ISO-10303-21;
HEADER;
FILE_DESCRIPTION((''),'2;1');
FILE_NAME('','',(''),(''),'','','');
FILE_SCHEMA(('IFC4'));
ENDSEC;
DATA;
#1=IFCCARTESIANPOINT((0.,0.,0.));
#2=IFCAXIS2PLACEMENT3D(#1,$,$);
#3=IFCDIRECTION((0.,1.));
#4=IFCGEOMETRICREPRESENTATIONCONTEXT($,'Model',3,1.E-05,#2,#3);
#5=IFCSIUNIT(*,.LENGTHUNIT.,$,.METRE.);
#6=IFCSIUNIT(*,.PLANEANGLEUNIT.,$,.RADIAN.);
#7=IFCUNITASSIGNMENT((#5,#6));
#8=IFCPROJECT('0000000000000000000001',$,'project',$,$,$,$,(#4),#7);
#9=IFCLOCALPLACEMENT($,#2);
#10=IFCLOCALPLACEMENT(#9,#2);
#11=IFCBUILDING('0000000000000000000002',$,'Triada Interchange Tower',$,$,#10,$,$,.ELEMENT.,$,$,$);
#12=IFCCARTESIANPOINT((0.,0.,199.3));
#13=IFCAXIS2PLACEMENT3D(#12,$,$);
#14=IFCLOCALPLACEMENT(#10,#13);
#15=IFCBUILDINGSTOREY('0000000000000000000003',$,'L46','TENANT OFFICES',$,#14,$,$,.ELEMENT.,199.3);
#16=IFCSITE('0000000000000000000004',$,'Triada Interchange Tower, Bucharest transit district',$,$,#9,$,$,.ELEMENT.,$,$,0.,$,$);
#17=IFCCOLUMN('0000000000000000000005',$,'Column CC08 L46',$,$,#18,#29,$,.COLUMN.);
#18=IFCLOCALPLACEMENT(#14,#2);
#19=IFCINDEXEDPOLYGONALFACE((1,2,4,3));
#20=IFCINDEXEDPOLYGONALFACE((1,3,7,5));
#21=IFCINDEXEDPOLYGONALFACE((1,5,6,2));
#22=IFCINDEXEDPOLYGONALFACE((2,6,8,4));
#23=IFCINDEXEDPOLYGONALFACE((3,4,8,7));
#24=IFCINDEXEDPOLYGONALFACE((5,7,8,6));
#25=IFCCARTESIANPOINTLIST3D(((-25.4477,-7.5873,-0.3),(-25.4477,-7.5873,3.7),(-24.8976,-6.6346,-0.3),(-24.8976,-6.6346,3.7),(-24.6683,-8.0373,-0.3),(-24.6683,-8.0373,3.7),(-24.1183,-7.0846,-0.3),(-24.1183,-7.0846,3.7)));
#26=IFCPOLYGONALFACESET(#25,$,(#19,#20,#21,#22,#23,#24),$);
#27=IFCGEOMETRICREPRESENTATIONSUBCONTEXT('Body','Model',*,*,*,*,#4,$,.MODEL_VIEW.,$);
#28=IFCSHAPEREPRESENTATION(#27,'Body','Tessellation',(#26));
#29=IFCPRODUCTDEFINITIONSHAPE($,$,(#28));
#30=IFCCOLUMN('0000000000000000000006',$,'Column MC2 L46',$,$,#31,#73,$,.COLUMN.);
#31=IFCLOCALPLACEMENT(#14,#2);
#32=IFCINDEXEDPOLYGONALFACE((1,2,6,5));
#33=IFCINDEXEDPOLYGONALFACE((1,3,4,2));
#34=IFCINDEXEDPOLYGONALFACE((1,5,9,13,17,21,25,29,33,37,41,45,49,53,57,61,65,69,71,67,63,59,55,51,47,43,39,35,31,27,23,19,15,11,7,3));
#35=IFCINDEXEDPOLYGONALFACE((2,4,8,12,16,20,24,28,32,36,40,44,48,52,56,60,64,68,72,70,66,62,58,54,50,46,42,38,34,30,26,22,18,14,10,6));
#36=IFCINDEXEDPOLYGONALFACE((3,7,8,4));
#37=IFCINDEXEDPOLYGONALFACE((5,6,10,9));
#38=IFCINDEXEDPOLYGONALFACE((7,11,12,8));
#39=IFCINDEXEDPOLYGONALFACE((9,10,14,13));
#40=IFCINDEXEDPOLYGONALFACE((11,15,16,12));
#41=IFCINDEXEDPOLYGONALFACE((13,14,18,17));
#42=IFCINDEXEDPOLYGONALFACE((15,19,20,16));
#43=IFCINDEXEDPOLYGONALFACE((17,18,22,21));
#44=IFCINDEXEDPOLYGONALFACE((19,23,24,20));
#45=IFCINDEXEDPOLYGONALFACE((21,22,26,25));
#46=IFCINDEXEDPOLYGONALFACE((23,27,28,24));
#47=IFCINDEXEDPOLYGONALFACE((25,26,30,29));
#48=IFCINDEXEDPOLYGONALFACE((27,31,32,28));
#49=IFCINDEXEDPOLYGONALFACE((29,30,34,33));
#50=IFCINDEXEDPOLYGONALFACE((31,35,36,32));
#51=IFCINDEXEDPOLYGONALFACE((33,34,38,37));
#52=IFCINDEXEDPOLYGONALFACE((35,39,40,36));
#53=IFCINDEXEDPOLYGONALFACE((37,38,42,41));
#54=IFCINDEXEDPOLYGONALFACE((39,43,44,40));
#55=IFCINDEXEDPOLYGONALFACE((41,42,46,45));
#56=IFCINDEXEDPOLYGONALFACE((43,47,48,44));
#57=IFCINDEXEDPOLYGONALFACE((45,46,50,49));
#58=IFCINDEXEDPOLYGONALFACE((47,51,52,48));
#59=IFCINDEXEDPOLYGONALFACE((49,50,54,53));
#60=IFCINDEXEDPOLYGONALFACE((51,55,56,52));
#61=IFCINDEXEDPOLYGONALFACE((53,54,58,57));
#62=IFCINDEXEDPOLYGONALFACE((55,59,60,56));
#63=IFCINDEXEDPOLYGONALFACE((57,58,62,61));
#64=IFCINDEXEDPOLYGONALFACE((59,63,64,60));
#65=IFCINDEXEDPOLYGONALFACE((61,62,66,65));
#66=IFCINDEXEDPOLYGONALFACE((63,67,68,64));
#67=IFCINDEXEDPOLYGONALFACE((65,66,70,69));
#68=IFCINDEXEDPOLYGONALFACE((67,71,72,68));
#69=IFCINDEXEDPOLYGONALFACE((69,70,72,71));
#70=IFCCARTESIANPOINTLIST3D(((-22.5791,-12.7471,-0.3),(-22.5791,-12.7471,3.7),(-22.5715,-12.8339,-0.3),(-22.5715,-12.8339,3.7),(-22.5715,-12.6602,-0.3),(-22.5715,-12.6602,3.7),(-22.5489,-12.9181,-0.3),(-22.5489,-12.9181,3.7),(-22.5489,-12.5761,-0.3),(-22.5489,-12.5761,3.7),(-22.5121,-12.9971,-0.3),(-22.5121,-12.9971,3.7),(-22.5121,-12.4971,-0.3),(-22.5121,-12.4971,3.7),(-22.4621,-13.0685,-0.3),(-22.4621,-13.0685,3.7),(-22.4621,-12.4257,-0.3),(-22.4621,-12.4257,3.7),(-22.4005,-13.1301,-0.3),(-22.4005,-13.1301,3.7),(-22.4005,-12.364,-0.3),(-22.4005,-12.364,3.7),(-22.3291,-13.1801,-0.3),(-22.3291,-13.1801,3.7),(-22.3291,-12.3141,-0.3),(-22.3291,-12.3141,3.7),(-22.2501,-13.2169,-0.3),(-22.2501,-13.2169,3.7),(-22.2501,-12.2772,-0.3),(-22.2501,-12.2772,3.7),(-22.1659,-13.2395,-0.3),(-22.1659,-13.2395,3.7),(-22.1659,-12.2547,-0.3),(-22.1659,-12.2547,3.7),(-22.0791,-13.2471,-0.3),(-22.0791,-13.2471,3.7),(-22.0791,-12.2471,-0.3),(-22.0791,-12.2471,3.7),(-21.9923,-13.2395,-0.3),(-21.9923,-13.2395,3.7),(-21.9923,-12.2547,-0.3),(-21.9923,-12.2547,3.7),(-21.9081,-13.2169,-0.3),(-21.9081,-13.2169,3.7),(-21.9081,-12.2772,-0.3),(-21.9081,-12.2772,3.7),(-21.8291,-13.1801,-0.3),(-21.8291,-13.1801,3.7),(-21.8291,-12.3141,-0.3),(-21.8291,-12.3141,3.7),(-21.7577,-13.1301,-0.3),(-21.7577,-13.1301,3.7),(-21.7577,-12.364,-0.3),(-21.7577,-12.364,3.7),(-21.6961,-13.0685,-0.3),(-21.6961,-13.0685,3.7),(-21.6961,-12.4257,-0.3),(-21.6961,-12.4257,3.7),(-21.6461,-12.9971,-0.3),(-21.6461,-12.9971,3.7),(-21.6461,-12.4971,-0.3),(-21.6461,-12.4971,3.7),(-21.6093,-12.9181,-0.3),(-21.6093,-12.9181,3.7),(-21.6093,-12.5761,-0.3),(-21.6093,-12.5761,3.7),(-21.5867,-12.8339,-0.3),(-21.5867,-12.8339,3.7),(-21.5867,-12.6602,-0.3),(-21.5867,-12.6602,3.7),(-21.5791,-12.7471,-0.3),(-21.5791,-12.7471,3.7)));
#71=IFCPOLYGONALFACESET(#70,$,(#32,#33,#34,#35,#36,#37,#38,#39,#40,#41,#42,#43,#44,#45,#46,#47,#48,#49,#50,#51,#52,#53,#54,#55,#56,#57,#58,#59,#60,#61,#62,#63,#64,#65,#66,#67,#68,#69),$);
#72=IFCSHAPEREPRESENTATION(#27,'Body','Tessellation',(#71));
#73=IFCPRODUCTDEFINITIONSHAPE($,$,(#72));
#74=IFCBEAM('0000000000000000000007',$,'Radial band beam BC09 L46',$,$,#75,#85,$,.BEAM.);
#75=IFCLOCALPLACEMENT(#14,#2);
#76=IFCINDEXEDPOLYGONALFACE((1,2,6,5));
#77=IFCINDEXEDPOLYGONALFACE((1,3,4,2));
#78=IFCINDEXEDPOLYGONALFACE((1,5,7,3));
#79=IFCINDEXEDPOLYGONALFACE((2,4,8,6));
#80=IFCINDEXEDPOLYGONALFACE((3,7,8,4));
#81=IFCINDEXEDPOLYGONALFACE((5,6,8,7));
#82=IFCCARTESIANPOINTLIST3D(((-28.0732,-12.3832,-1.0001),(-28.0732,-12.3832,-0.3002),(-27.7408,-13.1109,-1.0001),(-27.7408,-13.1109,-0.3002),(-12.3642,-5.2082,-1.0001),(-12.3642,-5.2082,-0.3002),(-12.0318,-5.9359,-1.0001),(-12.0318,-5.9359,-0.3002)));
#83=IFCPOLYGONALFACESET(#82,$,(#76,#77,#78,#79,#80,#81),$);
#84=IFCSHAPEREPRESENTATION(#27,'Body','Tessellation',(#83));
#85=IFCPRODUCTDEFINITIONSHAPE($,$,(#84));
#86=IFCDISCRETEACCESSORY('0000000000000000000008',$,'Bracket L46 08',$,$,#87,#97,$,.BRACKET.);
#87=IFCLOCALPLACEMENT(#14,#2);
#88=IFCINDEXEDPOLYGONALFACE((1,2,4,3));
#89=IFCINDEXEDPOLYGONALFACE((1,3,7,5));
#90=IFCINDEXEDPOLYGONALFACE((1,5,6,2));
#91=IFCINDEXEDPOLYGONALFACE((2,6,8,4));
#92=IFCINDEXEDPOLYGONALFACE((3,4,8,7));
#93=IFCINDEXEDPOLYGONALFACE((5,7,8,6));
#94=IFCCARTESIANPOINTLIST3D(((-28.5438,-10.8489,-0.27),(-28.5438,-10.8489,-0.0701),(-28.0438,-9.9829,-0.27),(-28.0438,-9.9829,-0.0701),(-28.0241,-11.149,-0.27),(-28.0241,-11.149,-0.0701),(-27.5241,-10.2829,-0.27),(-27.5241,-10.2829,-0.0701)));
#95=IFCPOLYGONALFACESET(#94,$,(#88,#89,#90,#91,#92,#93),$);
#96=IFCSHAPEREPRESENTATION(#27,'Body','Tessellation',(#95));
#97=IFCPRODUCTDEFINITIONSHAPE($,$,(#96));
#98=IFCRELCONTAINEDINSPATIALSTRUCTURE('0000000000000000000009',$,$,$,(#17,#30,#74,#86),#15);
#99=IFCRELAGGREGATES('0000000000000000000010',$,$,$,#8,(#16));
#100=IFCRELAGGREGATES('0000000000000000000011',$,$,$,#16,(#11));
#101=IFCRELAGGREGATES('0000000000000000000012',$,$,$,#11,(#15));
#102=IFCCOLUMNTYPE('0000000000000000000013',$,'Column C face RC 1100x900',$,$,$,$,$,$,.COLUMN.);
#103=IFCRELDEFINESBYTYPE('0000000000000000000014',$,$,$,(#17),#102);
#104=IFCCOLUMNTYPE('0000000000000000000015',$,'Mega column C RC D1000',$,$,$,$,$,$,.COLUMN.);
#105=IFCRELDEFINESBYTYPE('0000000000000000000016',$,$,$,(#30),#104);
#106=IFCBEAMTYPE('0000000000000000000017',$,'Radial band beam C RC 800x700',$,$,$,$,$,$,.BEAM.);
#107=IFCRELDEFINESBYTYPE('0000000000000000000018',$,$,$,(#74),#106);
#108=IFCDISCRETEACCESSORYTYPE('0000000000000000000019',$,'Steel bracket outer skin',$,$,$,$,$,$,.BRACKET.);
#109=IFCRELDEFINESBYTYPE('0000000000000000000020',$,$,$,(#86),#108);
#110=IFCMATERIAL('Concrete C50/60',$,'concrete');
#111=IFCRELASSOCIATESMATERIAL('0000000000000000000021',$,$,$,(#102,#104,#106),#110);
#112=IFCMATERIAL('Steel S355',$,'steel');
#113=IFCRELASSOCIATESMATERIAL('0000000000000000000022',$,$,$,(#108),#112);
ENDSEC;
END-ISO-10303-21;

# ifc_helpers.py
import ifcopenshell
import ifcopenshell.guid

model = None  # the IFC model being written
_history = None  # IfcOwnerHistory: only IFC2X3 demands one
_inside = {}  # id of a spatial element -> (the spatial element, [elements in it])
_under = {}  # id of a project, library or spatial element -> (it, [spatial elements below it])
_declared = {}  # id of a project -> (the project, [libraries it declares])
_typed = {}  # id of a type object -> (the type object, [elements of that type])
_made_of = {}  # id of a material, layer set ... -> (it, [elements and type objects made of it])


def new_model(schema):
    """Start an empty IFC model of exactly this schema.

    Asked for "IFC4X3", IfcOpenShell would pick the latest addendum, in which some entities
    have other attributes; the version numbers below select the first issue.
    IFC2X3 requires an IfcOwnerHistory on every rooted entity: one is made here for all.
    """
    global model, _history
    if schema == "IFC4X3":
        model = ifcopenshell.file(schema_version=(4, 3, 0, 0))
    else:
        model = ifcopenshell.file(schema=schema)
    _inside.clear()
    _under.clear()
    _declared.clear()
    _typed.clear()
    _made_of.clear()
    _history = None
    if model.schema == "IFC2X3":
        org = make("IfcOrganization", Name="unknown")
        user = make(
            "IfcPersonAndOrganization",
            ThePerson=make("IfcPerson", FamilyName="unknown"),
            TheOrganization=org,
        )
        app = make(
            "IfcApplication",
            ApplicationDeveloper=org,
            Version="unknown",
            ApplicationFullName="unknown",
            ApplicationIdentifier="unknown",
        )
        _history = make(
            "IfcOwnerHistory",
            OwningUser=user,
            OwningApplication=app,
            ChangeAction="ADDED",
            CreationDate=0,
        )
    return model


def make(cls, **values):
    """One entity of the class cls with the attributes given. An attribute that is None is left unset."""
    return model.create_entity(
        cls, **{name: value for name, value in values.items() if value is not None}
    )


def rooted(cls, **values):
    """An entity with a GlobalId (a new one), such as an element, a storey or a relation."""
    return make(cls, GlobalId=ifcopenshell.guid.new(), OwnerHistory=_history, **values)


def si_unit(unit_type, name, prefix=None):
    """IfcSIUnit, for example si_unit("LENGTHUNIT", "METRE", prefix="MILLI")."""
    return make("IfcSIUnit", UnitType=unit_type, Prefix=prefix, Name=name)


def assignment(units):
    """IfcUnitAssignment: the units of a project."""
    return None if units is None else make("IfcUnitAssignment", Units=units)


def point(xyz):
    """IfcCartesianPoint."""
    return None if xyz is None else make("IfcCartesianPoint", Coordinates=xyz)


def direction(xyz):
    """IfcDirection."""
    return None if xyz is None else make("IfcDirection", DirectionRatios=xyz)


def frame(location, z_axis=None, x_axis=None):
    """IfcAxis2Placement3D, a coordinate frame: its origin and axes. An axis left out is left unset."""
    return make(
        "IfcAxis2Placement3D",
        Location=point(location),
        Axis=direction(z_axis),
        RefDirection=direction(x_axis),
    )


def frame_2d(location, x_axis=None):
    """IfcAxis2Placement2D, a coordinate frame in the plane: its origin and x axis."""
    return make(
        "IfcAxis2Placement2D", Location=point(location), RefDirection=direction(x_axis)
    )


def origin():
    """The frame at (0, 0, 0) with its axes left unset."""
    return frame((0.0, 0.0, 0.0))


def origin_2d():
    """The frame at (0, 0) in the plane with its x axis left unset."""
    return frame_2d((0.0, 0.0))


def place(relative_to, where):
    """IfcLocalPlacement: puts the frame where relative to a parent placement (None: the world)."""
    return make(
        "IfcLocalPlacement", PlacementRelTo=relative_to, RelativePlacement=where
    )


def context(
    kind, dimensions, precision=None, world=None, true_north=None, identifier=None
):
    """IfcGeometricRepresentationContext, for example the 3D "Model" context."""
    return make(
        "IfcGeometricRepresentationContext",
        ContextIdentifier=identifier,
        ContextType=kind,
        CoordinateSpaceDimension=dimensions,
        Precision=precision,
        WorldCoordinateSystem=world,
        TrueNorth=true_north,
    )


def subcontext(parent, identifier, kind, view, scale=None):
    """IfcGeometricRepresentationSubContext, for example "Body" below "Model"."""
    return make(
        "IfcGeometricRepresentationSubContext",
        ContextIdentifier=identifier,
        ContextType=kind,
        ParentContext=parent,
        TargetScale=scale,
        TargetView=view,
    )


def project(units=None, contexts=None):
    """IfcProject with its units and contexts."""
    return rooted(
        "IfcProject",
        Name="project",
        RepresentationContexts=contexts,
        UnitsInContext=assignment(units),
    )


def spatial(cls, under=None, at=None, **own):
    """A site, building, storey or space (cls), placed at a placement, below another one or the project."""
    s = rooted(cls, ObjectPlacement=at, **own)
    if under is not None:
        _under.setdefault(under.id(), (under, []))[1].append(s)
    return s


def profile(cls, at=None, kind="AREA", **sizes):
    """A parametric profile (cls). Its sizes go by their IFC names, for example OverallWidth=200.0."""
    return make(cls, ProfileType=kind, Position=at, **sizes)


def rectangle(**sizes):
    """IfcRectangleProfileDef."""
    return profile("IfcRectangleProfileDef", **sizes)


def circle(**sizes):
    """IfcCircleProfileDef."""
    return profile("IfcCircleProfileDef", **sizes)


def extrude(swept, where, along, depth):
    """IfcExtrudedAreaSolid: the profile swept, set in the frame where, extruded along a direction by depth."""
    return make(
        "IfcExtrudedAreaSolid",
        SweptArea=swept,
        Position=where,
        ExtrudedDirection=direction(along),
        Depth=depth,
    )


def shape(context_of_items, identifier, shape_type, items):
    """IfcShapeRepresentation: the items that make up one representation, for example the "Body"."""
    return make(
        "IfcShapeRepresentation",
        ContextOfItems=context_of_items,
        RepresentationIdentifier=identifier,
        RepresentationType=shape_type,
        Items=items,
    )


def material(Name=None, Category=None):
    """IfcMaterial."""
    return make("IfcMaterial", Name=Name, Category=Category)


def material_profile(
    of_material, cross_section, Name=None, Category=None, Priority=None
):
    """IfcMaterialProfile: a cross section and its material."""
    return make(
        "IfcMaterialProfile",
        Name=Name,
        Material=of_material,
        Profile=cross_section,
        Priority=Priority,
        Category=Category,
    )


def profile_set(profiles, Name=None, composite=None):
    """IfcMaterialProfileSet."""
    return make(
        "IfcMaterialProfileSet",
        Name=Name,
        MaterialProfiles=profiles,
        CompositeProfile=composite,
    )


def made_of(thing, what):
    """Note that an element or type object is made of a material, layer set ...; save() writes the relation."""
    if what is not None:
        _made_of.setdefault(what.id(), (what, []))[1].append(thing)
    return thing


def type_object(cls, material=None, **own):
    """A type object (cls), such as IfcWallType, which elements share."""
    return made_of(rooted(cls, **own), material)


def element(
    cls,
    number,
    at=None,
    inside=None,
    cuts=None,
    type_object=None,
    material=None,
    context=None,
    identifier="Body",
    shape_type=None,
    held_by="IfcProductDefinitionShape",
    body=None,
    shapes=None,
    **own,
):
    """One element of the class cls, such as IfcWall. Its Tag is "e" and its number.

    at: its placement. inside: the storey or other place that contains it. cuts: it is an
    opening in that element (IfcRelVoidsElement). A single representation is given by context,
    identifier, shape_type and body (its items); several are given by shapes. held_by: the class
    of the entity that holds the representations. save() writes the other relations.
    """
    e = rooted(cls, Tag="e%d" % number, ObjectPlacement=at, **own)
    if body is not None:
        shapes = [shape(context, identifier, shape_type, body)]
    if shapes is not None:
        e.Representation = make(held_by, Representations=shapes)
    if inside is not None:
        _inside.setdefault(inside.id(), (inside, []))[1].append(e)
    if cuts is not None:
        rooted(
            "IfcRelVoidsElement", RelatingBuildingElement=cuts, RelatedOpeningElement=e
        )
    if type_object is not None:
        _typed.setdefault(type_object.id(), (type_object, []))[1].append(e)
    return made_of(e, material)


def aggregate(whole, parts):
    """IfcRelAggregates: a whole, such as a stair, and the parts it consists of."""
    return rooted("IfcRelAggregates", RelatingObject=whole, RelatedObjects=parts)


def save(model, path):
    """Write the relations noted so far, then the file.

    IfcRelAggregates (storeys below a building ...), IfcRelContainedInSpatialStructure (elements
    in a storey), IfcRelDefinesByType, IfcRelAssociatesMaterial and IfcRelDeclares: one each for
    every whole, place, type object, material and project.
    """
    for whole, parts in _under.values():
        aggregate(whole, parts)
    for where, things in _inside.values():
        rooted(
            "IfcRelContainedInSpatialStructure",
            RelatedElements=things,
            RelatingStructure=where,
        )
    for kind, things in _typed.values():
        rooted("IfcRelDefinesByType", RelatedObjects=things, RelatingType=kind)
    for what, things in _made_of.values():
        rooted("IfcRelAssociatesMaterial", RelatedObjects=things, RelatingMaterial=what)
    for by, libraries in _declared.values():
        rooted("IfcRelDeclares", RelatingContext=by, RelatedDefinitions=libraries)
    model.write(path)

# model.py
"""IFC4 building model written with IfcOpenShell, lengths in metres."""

from ifc_helpers import new_model, si_unit, direction, frame, origin, origin_2d, place, context, subcontext, project, spatial, rectangle, circle, extrude, material, material_profile, profile_set, type_object, element, save


model = new_model("IFC4")

# Units and contexts
model_context = context("Model", 3, precision=1e-05, world=origin(), true_north=direction((0.0, 1.0)))
body_context = subcontext(model_context, "Body", "Model", "MODEL_VIEW")
ifc_project = project(units=[si_unit("LENGTHUNIT", "METRE"), si_unit("PLANEANGLEUNIT", "RADIAN")], contexts=[model_context])

# Site, building, storey
site_placement = place(None, origin())
site = spatial("IfcSite", under=ifc_project, at=site_placement, Name="Triada Interchange Tower, Bucharest transit district", CompositionType="ELEMENT", RefElevation=0.0)
building_placement = place(site_placement, origin())
building = spatial("IfcBuilding", under=site, at=building_placement, Name="Triada Interchange Tower", CompositionType="ELEMENT")
storey_placement = place(building_placement, frame((0.0, 0.0, 199.3)))
storey = spatial("IfcBuildingStorey", under=building, at=storey_placement, Name="L46", Description="TENANT OFFICES", CompositionType="ELEMENT", Elevation=199.3)

# Columns
ifc_material_1 = material(Name="Concrete C50/60", Category="concrete")
ifc_material_profile_1 = material_profile(ifc_material_1, rectangle(XDim=1.1001, YDim=0.8999, at=origin_2d()), Name="RC 1100x900")
ifc_profile_set_1 = profile_set([ifc_material_profile_1], Name="Concrete C50/60")
column_type_1 = type_object("IfcColumnType", Name="Column C face RC 1100x900", PredefinedType="COLUMN", material=ifc_profile_set_1)
column_1_placement = place(storey_placement, frame((-24.783, -7.3359, -0.3), z_axis=(0.0, 0.0, 1.0), x_axis=(0.5, 0.866025, 0.0)))
element("IfcColumn", 1, at=column_1_placement, inside=storey, type_object=column_type_1, Name="Column CC08 L46", PredefinedType="COLUMN", context=body_context, shape_type="SweptSolid", body=[
    extrude(rectangle(XDim=1.1001, YDim=0.8999, at=origin_2d()), origin(), (0.0, 0.0, 1.0), 4.0),
])
ifc_material_profile_2 = material_profile(ifc_material_1, circle(Radius=0.5, at=origin_2d()), Name="RC D1000")
ifc_profile_set_2 = profile_set([ifc_material_profile_2], Name="Concrete C50/60")
column_type_2 = type_object("IfcColumnType", Name="Mega column C RC D1000", PredefinedType="COLUMN", material=ifc_profile_set_2)
column_2_placement = place(storey_placement, frame((-22.0791, -12.7471, -0.3), z_axis=(0.0, 0.0, 1.0), x_axis=(1.0, 0.0, 0.0)))
element("IfcColumn", 2, at=column_2_placement, inside=storey, type_object=column_type_2, Name="Column MC2 L46", PredefinedType="COLUMN", context=body_context, shape_type="SweptSolid", body=[
    extrude(circle(Radius=0.5, at=origin_2d()), origin(), (0.0, 0.0, 1.0), 4.0),
])

# Beam
ifc_material_profile_3 = material_profile(ifc_material_1, rectangle(XDim=0.8, YDim=0.7, at=origin_2d()), Name="RC 800x700")
ifc_profile_set_3 = profile_set([ifc_material_profile_3], Name="Concrete C50/60")
beam_type = type_object("IfcBeamType", Name="Radial band beam C RC 800x700", PredefinedType="BEAM", material=ifc_profile_set_3)
beam_placement = place(storey_placement, frame((-27.907, -12.7471, -0.6501), z_axis=(0.90961, 0.415463, 0.0), x_axis=(-0.415463, 0.90961, 0.0)))
element("IfcBeam", 3, at=beam_placement, inside=storey, type_object=beam_type, Name="Radial band beam BC09 L46", PredefinedType="BEAM", context=body_context, shape_type="SweptSolid", body=[
    extrude(rectangle(XDim=0.8, YDim=0.7, at=origin_2d()), origin(), (0.0, 0.0, 1.0), 17.27),
])

# Discrete accessory
ifc_material_2 = material(Name="Steel S355", Category="steel")
discrete_accessory_type = type_object("IfcDiscreteAccessoryType", Name="Steel bracket outer skin", PredefinedType="BRACKET", material=ifc_material_2)
discrete_accessory_placement = place(storey_placement, frame((-28.0339, -10.5659, -0.27), z_axis=(0.0, 0.0, 1.0), x_axis=(-0.866023, 0.500003, 0.0)))
element("IfcDiscreteAccessory", 4, at=discrete_accessory_placement, inside=storey, type_object=discrete_accessory_type, Name="Bracket L46 08", PredefinedType="BRACKET", context=body_context, shape_type="SweptSolid", body=[
    extrude(rectangle(XDim=0.6001, YDim=1.0, at=origin_2d()), origin(), (0.0, 0.0, 1.0), 0.2),
])

save(model, "model.ifc")
